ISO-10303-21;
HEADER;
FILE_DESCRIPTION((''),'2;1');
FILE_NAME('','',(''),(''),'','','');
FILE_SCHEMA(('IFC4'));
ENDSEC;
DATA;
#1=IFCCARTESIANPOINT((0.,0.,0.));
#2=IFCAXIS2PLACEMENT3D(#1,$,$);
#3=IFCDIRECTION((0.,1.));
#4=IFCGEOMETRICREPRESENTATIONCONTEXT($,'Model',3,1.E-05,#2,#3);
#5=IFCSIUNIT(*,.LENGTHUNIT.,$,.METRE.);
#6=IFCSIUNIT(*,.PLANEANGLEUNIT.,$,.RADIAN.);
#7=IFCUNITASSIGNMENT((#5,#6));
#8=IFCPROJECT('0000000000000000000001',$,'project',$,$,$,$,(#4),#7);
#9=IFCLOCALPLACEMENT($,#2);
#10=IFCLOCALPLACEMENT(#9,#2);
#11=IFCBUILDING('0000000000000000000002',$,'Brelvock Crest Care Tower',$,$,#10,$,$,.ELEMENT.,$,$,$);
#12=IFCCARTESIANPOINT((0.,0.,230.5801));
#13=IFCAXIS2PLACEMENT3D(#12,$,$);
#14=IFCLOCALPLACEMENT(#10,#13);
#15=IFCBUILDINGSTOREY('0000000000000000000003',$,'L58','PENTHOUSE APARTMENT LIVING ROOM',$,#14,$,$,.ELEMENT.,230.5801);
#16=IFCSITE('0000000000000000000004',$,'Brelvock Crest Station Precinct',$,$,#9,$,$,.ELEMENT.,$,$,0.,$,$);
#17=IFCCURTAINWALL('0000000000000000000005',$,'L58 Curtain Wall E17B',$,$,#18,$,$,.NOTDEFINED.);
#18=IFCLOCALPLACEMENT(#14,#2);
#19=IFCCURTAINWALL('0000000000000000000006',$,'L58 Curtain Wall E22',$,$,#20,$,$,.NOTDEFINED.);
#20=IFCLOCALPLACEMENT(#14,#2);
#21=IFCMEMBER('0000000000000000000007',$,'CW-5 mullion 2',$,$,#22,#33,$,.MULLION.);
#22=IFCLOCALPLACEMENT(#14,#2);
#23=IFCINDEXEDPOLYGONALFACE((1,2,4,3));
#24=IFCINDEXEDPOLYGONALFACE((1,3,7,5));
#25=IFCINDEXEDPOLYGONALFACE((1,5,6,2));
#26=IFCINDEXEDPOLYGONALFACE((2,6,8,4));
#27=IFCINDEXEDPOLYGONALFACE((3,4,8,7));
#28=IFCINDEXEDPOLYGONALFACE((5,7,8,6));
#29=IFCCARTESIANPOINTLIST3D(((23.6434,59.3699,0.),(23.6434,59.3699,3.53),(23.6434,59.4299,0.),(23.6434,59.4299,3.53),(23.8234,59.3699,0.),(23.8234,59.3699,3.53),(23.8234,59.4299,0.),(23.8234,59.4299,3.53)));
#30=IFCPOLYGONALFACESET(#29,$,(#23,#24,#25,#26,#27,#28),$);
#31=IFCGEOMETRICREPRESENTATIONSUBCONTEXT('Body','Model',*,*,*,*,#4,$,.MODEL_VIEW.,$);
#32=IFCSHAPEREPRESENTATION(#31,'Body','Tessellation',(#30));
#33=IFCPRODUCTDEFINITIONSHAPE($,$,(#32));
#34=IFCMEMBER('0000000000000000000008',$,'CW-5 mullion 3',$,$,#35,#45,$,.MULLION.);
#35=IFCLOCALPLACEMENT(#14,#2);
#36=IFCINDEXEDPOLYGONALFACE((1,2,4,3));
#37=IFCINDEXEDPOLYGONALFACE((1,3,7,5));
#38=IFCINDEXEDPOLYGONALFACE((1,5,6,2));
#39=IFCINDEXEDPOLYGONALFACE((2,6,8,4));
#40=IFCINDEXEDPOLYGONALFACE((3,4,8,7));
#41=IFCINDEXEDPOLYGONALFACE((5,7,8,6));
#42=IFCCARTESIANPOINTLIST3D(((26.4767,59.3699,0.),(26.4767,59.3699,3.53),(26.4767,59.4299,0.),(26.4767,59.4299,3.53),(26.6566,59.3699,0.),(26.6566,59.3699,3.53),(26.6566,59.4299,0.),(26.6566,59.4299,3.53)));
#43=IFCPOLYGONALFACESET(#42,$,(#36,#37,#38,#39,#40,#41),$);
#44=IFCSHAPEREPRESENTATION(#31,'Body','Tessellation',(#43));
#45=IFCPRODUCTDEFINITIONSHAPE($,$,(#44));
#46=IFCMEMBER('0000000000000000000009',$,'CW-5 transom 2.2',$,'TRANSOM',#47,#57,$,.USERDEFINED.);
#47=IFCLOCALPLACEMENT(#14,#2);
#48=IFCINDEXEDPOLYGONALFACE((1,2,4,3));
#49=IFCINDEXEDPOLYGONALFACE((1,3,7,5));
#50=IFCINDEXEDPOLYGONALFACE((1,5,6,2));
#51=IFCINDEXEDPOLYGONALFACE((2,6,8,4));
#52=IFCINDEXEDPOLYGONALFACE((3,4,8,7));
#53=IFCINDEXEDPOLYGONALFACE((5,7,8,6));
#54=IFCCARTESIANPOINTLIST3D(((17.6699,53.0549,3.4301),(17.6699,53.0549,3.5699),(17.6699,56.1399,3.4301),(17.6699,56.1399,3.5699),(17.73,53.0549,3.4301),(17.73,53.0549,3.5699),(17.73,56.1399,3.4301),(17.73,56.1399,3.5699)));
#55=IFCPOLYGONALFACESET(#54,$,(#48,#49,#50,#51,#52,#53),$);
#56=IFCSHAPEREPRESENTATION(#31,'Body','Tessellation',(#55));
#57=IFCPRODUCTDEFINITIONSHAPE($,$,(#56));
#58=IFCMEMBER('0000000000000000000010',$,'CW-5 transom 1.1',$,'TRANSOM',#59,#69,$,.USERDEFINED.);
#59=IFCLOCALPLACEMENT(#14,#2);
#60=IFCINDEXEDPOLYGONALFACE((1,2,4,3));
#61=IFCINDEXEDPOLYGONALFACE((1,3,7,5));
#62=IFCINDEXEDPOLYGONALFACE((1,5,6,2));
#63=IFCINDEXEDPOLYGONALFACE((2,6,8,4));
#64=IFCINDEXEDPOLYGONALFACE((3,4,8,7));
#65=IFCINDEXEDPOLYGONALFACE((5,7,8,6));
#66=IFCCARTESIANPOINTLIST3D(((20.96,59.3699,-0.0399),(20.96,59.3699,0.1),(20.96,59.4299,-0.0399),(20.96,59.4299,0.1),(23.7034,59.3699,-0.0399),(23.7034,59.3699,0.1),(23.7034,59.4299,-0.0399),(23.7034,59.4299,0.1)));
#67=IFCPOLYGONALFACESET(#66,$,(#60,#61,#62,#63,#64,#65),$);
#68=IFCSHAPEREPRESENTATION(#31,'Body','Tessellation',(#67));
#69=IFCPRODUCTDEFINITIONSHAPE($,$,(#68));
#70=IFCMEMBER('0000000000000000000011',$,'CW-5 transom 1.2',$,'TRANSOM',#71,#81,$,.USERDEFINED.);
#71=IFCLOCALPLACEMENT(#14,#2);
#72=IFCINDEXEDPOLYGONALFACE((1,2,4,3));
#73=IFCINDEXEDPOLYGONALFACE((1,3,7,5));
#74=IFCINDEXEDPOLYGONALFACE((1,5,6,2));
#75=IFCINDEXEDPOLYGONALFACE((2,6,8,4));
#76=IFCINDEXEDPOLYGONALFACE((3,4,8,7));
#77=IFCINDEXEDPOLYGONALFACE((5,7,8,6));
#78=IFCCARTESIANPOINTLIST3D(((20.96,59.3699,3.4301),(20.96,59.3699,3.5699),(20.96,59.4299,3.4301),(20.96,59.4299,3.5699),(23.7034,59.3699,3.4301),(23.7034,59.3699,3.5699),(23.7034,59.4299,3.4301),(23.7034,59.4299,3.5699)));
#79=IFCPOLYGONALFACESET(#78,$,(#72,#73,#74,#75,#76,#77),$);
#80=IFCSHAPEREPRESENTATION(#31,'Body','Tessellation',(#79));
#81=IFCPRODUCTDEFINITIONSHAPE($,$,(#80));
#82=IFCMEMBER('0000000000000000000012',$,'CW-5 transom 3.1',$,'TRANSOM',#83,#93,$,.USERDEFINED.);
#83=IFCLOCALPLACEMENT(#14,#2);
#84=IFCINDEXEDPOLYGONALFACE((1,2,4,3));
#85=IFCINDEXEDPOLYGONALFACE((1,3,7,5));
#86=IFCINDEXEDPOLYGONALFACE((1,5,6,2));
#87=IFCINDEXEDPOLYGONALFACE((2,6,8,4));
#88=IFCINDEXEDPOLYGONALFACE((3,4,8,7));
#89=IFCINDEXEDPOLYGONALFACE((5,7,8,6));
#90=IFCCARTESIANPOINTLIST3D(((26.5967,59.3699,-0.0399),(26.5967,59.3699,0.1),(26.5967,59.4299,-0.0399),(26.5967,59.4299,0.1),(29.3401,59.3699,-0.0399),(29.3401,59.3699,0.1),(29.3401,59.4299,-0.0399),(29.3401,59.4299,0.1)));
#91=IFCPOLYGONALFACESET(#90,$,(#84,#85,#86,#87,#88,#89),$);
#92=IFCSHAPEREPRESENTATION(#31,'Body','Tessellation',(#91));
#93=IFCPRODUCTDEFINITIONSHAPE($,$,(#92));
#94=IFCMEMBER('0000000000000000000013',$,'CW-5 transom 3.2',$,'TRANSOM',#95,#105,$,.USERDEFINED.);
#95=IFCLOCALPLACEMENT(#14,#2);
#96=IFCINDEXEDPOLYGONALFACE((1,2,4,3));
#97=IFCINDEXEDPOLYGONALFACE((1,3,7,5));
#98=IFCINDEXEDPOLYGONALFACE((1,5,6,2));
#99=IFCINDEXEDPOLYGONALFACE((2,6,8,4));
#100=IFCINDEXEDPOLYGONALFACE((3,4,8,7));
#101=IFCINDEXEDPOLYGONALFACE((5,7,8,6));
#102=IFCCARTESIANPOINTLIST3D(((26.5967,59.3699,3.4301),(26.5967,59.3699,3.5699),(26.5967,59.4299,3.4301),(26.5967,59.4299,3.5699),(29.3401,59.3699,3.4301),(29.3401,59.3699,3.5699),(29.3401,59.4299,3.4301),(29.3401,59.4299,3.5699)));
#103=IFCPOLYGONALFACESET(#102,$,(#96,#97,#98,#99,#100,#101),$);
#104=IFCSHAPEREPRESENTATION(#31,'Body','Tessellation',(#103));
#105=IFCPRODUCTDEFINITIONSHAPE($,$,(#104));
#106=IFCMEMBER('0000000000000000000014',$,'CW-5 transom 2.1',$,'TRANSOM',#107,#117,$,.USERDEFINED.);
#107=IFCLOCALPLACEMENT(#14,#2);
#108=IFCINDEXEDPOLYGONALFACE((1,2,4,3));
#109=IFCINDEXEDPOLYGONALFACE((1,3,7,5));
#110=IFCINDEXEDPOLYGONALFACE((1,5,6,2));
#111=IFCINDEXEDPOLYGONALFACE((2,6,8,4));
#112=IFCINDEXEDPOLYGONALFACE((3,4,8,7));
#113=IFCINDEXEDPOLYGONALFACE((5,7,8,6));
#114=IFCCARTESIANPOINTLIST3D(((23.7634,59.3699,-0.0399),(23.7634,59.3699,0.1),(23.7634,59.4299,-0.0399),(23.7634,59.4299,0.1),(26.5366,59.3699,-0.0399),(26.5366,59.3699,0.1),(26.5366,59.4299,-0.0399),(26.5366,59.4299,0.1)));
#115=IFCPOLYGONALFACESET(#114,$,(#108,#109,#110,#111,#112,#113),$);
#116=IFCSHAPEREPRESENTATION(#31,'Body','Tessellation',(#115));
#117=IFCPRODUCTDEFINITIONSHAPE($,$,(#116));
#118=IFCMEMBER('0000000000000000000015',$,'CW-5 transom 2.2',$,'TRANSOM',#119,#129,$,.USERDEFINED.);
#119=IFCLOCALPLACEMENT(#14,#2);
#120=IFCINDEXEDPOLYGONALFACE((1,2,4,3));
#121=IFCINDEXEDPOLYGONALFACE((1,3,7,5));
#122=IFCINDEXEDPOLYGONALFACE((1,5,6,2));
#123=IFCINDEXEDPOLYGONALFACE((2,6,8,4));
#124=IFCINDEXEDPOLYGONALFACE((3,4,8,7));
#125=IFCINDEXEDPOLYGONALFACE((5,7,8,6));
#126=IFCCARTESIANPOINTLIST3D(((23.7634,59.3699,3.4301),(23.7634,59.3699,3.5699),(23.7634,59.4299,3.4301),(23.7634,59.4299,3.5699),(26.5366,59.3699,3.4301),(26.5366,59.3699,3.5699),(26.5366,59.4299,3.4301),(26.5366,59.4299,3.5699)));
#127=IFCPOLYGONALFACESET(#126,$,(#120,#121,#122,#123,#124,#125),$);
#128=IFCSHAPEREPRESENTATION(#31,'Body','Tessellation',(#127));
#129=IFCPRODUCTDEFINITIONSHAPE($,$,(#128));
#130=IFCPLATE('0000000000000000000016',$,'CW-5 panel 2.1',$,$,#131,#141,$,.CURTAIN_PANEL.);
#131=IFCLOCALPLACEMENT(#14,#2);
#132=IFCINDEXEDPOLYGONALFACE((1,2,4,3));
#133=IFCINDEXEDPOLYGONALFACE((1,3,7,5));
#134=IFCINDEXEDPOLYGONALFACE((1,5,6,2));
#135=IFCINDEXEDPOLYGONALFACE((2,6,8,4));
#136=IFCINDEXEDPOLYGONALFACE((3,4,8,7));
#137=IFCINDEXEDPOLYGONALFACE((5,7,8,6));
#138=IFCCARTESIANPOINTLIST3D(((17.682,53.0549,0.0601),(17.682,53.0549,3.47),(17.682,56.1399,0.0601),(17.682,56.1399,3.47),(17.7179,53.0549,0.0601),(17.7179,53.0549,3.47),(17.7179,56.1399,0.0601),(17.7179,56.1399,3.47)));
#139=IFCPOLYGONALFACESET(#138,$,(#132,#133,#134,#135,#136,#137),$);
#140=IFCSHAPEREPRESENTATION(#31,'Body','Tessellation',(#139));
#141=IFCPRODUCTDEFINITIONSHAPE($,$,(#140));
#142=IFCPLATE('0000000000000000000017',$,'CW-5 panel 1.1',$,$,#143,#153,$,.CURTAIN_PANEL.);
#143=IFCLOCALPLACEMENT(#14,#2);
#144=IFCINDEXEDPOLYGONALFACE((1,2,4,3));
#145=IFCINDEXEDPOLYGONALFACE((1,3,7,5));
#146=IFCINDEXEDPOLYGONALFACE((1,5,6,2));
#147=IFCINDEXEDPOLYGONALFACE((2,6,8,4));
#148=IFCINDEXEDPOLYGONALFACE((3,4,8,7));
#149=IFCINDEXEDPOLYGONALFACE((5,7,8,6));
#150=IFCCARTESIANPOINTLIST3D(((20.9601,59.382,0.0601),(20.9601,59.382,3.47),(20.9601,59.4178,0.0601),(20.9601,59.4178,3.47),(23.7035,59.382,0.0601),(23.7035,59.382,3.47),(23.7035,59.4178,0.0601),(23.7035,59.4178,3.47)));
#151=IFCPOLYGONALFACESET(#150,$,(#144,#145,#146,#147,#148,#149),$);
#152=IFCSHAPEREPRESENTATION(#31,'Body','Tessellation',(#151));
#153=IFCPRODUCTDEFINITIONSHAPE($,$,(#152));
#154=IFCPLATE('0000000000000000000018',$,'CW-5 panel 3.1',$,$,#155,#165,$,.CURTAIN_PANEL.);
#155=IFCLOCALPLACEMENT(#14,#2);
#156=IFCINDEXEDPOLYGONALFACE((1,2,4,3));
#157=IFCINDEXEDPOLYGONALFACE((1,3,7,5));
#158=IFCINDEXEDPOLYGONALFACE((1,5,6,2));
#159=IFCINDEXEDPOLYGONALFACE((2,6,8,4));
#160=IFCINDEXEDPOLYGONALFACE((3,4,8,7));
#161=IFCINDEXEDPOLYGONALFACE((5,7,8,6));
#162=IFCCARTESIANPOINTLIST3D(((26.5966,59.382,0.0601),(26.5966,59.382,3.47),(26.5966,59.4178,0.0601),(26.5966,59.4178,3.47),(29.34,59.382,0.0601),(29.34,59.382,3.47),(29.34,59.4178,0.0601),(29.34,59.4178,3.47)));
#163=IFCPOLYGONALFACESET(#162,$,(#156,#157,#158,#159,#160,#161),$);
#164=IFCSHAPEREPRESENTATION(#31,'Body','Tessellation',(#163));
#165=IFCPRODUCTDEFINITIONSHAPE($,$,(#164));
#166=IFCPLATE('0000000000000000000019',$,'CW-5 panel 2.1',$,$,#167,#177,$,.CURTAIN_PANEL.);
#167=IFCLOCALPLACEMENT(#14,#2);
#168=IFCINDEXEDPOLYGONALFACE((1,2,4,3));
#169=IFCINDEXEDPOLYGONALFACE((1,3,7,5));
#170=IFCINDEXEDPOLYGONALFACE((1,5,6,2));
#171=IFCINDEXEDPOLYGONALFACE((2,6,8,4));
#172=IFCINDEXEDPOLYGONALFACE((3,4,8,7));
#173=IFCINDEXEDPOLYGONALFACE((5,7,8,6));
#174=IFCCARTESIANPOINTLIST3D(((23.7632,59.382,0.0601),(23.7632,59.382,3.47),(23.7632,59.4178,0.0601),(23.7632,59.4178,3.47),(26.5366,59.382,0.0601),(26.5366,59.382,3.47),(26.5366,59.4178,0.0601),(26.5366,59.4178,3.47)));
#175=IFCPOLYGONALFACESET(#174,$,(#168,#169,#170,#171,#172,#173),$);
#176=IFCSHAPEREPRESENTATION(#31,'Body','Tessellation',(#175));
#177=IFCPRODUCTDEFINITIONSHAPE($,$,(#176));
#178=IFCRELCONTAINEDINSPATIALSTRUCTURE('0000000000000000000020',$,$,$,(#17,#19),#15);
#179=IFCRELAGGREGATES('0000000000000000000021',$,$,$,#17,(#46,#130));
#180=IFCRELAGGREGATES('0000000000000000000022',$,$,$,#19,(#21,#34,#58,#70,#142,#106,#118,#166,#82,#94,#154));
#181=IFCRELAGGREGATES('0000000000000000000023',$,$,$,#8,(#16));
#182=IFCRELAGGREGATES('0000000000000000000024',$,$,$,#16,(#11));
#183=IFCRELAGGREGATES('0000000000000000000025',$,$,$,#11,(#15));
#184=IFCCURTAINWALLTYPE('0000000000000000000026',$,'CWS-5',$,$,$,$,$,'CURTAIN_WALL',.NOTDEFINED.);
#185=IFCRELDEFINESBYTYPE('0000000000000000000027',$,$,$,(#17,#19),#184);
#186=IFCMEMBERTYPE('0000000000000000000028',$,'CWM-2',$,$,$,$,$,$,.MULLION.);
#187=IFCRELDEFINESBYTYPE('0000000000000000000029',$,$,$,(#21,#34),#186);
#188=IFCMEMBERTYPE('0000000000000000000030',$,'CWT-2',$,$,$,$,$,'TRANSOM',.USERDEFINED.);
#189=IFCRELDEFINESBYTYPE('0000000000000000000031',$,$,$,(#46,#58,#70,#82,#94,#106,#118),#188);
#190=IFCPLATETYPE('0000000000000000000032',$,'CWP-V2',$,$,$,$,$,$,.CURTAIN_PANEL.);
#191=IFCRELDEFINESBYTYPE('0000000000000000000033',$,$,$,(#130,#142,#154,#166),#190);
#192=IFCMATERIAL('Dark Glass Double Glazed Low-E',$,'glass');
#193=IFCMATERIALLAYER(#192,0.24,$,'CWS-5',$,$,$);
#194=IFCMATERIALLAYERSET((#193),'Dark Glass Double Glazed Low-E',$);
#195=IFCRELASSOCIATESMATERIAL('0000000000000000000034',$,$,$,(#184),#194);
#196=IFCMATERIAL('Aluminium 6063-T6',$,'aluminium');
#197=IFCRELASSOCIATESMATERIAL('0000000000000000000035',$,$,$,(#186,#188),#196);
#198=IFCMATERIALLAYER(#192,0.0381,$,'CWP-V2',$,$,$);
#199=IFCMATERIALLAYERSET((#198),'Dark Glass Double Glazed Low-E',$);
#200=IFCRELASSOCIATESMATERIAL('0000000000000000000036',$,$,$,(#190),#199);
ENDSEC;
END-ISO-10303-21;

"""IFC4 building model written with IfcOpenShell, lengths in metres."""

from ifc_helpers import new_model, si_unit, direction, frame, origin, origin_2d, place, context, subcontext, project, spatial, rectangle, extrude, source, transform, mapped, material, layer, layer_set, material_profile, profile_set, type_object, element, aggregate, save


model = new_model("IFC4")

# Units and contexts
model_context = context("Model", 3, precision=1e-05, world=origin(), true_north=direction((0.0, 1.0)))
body_context = subcontext(model_context, "Body", "Model", "MODEL_VIEW")
ifc_project = project(units=[si_unit("LENGTHUNIT", "METRE"), si_unit("PLANEANGLEUNIT", "RADIAN")], contexts=[model_context])

# Site, building, storey
site_placement = place(None, origin())
site = spatial("IfcSite", under=ifc_project, at=site_placement, Name="Brelvock Crest Station Precinct", CompositionType="ELEMENT", RefElevation=0.0)
building_placement = place(site_placement, origin())
building = spatial("IfcBuilding", under=site, at=building_placement, Name="Brelvock Crest Care Tower", CompositionType="ELEMENT")
storey_placement = place(building_placement, frame((0.0, 0.0, 230.5801)))
storey = spatial("IfcBuildingStorey", under=building, at=storey_placement, Name="L58", Description="PENTHOUSE APARTMENT LIVING ROOM", CompositionType="ELEMENT", Elevation=230.5801)

# Curtain wall
ifc_material_1 = material(Name="Dark Glass Double Glazed Low-E", Category="glass")
ifc_layer_1 = layer(ifc_material_1, 0.24, Name="CWS-5")
ifc_layer_set_1 = layer_set([ifc_layer_1], Name="Dark Glass Double Glazed Low-E")
curtain_wall_type = type_object("IfcCurtainWallType", Name="CWS-5", ElementType="CURTAIN_WALL", PredefinedType="NOTDEFINED", material=ifc_layer_set_1)
curtain_wall_1_placement = place(storey_placement, origin())
curtain_wall_1 = element("IfcCurtainWall", 1, at=curtain_wall_1_placement, inside=storey, type_object=curtain_wall_type, Name="L58 Curtain Wall E17B", PredefinedType="NOTDEFINED")
ifc_material_2 = material(Name="Aluminium 6063-T6", Category="aluminium")
ifc_material_profile_1 = material_profile(ifc_material_2, rectangle(XDim=0.0601, YDim=0.1799, at=origin_2d()), Name="ALU60x180")
ifc_profile_set_1 = profile_set([ifc_material_profile_1], Name="Aluminium 6063-T6")
member_type_1 = type_object("IfcMemberType", Name="CWM-2", PredefinedType="MULLION", material=ifc_profile_set_1)
shared_shape_1 = source(origin(), body_context, "Body", "SweptSolid", [
    extrude(rectangle(XDim=0.0601, YDim=0.1799, at=origin_2d()), origin(), (0.0, 0.0, 1.0), 3.53),
])

# Curtain wall, members
curtain_wall_2_placement = place(storey_placement, origin())
curtain_wall_2 = element("IfcCurtainWall", 2, at=curtain_wall_2_placement, inside=storey, type_object=curtain_wall_type, Name="L58 Curtain Wall E22", PredefinedType="NOTDEFINED")
member_1_placement = place(storey_placement, frame((23.7334, 59.3999, 0.0), z_axis=(0.0, 0.0, 1.0), x_axis=(0.0, 1.0, 0.0)))
member_1 = element("IfcMember", 3, at=member_1_placement, type_object=member_type_1, Name="CW-5 mullion 2", PredefinedType="MULLION", context=body_context, shape_type="MappedRepresentation", body=[
    mapped(shared_shape_1, transform((0.0, 0.0, 0.0), x_axis=(1.0, 0.0, 0.0), y_axis=(0.0, 1.0, 0.0), z_axis=(0.0, 0.0, 1.0), scale=1.0)),
])
member_2_placement = place(storey_placement, frame((26.5667, 59.3999, 0.0), z_axis=(0.0, 0.0, 1.0), x_axis=(0.0, 1.0, 0.0)))
member_2 = element("IfcMember", 4, at=member_2_placement, type_object=member_type_1, Name="CW-5 mullion 3", PredefinedType="MULLION", context=body_context, shape_type="MappedRepresentation", body=[
    mapped(shared_shape_1, transform((0.0, 0.0, 0.0), x_axis=(1.0, 0.0, 0.0), y_axis=(0.0, 1.0, 0.0), z_axis=(0.0, 0.0, 1.0), scale=1.0)),
])

# Members
ifc_material_profile_2 = material_profile(ifc_material_2, rectangle(XDim=0.0601, YDim=0.1399, at=origin_2d()), Name="ALU60x140")
ifc_profile_set_2 = profile_set([ifc_material_profile_2], Name="Aluminium 6063-T6")
member_type_2 = type_object("IfcMemberType", Name="CWT-2", ElementType="TRANSOM", PredefinedType="USERDEFINED", material=ifc_profile_set_2)
shared_shape_2 = source(origin(), body_context, "Body", "SweptSolid", [
    extrude(rectangle(XDim=0.0601, YDim=0.1399, at=origin_2d()), origin(), (0.0, 0.0, 1.0), 3.085),
])
member_3_placement = place(storey_placement, frame((17.7, 53.0549, 3.5), z_axis=(0.0, 1.0, 0.0), x_axis=(-1.0, 0.0, 0.0)))
member_3 = element("IfcMember", 5, at=member_3_placement, type_object=member_type_2, Name="CW-5 transom 2.2", ObjectType="TRANSOM", PredefinedType="USERDEFINED", context=body_context, shape_type="MappedRepresentation", body=[
    mapped(shared_shape_2, transform((0.0, 0.0, 0.0), x_axis=(1.0, 0.0, 0.0), y_axis=(0.0, 1.0, 0.0), z_axis=(0.0, 0.0, 1.0), scale=1.0)),
])
shared_shape_3 = source(origin(), body_context, "Body", "SweptSolid", [
    extrude(rectangle(XDim=0.0601, YDim=0.1399, at=origin_2d()), origin(), (0.0, 0.0, 1.0), 2.7434),
])
member_4_placement = place(storey_placement, frame((20.96, 59.3999, 0.03), z_axis=(1.0, 0.0, 0.0), x_axis=(0.0, 1.0, 0.0)))
member_4 = element("IfcMember", 6, at=member_4_placement, type_object=member_type_2, Name="CW-5 transom 1.1", ObjectType="TRANSOM", PredefinedType="USERDEFINED", context=body_context, shape_type="MappedRepresentation", body=[
    mapped(shared_shape_3, transform((0.0, 0.0, 0.0), x_axis=(1.0, 0.0, 0.0), y_axis=(0.0, 1.0, 0.0), z_axis=(0.0, 0.0, 1.0), scale=1.0)),
])
member_5_placement = place(storey_placement, frame((20.96, 59.3999, 3.5), z_axis=(1.0, 0.0, 0.0), x_axis=(0.0, 1.0, 0.0)))
member_5 = element("IfcMember", 7, at=member_5_placement, type_object=member_type_2, Name="CW-5 transom 1.2", ObjectType="TRANSOM", PredefinedType="USERDEFINED", context=body_context, shape_type="MappedRepresentation", body=[
    mapped(shared_shape_3, transform((0.0, 0.0, 0.0), x_axis=(1.0, 0.0, 0.0), y_axis=(0.0, 1.0, 0.0), z_axis=(0.0, 0.0, 1.0), scale=1.0)),
])
member_6_placement = place(storey_placement, frame((26.5967, 59.3999, 0.03), z_axis=(1.0, 0.0, 0.0), x_axis=(0.0, 1.0, 0.0)))
member_6 = element("IfcMember", 8, at=member_6_placement, type_object=member_type_2, Name="CW-5 transom 3.1", ObjectType="TRANSOM", PredefinedType="USERDEFINED", context=body_context, shape_type="MappedRepresentation", body=[
    mapped(shared_shape_3, transform((0.0, 0.0, 0.0), x_axis=(1.0, 0.0, 0.0), y_axis=(0.0, 1.0, 0.0), z_axis=(0.0, 0.0, 1.0), scale=1.0)),
])
member_7_placement = place(storey_placement, frame((26.5967, 59.3999, 3.5), z_axis=(1.0, 0.0, 0.0), x_axis=(0.0, 1.0, 0.0)))
member_7 = element("IfcMember", 9, at=member_7_placement, type_object=member_type_2, Name="CW-5 transom 3.2", ObjectType="TRANSOM", PredefinedType="USERDEFINED", context=body_context, shape_type="MappedRepresentation", body=[
    mapped(shared_shape_3, transform((0.0, 0.0, 0.0), x_axis=(1.0, 0.0, 0.0), y_axis=(0.0, 1.0, 0.0), z_axis=(0.0, 0.0, 1.0), scale=1.0)),
])
shared_shape_4 = source(origin(), body_context, "Body", "SweptSolid", [
    extrude(rectangle(XDim=0.0601, YDim=0.1399, at=origin_2d()), origin(), (0.0, 0.0, 1.0), 2.7732),
])
member_8_placement = place(storey_placement, frame((23.7634, 59.3999, 0.03), z_axis=(1.0, 0.0, 0.0), x_axis=(0.0, 1.0, 0.0)))
member_8 = element("IfcMember", 10, at=member_8_placement, type_object=member_type_2, Name="CW-5 transom 2.1", ObjectType="TRANSOM", PredefinedType="USERDEFINED", context=body_context, shape_type="MappedRepresentation", body=[
    mapped(shared_shape_4, transform((0.0, 0.0, 0.0), x_axis=(1.0, 0.0, 0.0), y_axis=(0.0, 1.0, 0.0), z_axis=(0.0, 0.0, 1.0), scale=1.0)),
])
member_9_placement = place(storey_placement, frame((23.7634, 59.3999, 3.5), z_axis=(1.0, 0.0, 0.0), x_axis=(0.0, 1.0, 0.0)))
member_9 = element("IfcMember", 11, at=member_9_placement, type_object=member_type_2, Name="CW-5 transom 2.2", ObjectType="TRANSOM", PredefinedType="USERDEFINED", context=body_context, shape_type="MappedRepresentation", body=[
    mapped(shared_shape_4, transform((0.0, 0.0, 0.0), x_axis=(1.0, 0.0, 0.0), y_axis=(0.0, 1.0, 0.0), z_axis=(0.0, 0.0, 1.0), scale=1.0)),
])

# Plates
ifc_layer_2 = layer(ifc_material_1, 0.0381, Name="CWP-V2")
ifc_layer_set_2 = layer_set([ifc_layer_2], Name="Dark Glass Double Glazed Low-E")
plate_type = type_object("IfcPlateType", Name="CWP-V2", PredefinedType="CURTAIN_PANEL", material=ifc_layer_set_2)
shared_shape_5 = source(origin(), body_context, "Body", "SweptSolid", [
    extrude(rectangle(XDim=3.085, YDim=0.0359, at=origin_2d()), origin(), (0.0, 0.0, 1.0), 3.4099),
])
plate_1_placement = place(storey_placement, frame((17.7, 54.5974, 0.0601), z_axis=(0.0, 0.0, 1.0), x_axis=(0.0, 1.0, 0.0)))
plate_1 = element("IfcPlate", 12, at=plate_1_placement, type_object=plate_type, Name="CW-5 panel 2.1", PredefinedType="CURTAIN_PANEL", context=body_context, shape_type="MappedRepresentation", body=[
    mapped(shared_shape_5, transform((0.0, 0.0, 0.0), x_axis=(1.0, 0.0, 0.0), y_axis=(0.0, 1.0, 0.0), z_axis=(0.0, 0.0, 1.0), scale=1.0)),
])
aggregate(curtain_wall_1, [member_3, plate_1])
shared_shape_6 = source(origin(), body_context, "Body", "SweptSolid", [
    extrude(rectangle(XDim=2.7434, YDim=0.0359, at=origin_2d()), origin(), (0.0, 0.0, 1.0), 3.4099),
])
plate_2_placement = place(storey_placement, frame((22.3318, 59.3999, 0.0601), z_axis=(0.0, 0.0, 1.0), x_axis=(1.0, 0.0, 0.0)))
plate_2 = element("IfcPlate", 13, at=plate_2_placement, type_object=plate_type, Name="CW-5 panel 1.1", PredefinedType="CURTAIN_PANEL", context=body_context, shape_type="MappedRepresentation", body=[
    mapped(shared_shape_6, transform((0.0, 0.0, 0.0), x_axis=(1.0, 0.0, 0.0), y_axis=(0.0, 1.0, 0.0), z_axis=(0.0, 0.0, 1.0), scale=1.0)),
])
plate_3_placement = place(storey_placement, frame((27.9683, 59.3999, 0.0601), z_axis=(0.0, 0.0, 1.0), x_axis=(1.0, 0.0, 0.0)))
plate_3 = element("IfcPlate", 14, at=plate_3_placement, type_object=plate_type, Name="CW-5 panel 3.1", PredefinedType="CURTAIN_PANEL", context=body_context, shape_type="MappedRepresentation", body=[
    mapped(shared_shape_6, transform((0.0, 0.0, 0.0), x_axis=(1.0, 0.0, 0.0), y_axis=(0.0, 1.0, 0.0), z_axis=(0.0, 0.0, 1.0), scale=1.0)),
])
shared_shape_7 = source(origin(), body_context, "Body", "SweptSolid", [
    extrude(rectangle(XDim=2.7734, YDim=0.0359, at=origin_2d()), origin(), (0.0, 0.0, 1.0), 3.4099),
])
plate_4_placement = place(storey_placement, frame((25.1499, 59.3999, 0.0601), z_axis=(0.0, 0.0, 1.0), x_axis=(1.0, 0.0, 0.0)))
plate_4 = element("IfcPlate", 15, at=plate_4_placement, type_object=plate_type, Name="CW-5 panel 2.1", PredefinedType="CURTAIN_PANEL", context=body_context, shape_type="MappedRepresentation", body=[
    mapped(shared_shape_7, transform((0.0, 0.0, 0.0), x_axis=(1.0, 0.0, 0.0), y_axis=(0.0, 1.0, 0.0), z_axis=(0.0, 0.0, 1.0), scale=1.0)),
])
aggregate(curtain_wall_2, [member_1, member_2, member_4, member_5, plate_2, member_8, member_9, plate_4, member_6, member_7, plate_3])

save(model, "model.ifc")
